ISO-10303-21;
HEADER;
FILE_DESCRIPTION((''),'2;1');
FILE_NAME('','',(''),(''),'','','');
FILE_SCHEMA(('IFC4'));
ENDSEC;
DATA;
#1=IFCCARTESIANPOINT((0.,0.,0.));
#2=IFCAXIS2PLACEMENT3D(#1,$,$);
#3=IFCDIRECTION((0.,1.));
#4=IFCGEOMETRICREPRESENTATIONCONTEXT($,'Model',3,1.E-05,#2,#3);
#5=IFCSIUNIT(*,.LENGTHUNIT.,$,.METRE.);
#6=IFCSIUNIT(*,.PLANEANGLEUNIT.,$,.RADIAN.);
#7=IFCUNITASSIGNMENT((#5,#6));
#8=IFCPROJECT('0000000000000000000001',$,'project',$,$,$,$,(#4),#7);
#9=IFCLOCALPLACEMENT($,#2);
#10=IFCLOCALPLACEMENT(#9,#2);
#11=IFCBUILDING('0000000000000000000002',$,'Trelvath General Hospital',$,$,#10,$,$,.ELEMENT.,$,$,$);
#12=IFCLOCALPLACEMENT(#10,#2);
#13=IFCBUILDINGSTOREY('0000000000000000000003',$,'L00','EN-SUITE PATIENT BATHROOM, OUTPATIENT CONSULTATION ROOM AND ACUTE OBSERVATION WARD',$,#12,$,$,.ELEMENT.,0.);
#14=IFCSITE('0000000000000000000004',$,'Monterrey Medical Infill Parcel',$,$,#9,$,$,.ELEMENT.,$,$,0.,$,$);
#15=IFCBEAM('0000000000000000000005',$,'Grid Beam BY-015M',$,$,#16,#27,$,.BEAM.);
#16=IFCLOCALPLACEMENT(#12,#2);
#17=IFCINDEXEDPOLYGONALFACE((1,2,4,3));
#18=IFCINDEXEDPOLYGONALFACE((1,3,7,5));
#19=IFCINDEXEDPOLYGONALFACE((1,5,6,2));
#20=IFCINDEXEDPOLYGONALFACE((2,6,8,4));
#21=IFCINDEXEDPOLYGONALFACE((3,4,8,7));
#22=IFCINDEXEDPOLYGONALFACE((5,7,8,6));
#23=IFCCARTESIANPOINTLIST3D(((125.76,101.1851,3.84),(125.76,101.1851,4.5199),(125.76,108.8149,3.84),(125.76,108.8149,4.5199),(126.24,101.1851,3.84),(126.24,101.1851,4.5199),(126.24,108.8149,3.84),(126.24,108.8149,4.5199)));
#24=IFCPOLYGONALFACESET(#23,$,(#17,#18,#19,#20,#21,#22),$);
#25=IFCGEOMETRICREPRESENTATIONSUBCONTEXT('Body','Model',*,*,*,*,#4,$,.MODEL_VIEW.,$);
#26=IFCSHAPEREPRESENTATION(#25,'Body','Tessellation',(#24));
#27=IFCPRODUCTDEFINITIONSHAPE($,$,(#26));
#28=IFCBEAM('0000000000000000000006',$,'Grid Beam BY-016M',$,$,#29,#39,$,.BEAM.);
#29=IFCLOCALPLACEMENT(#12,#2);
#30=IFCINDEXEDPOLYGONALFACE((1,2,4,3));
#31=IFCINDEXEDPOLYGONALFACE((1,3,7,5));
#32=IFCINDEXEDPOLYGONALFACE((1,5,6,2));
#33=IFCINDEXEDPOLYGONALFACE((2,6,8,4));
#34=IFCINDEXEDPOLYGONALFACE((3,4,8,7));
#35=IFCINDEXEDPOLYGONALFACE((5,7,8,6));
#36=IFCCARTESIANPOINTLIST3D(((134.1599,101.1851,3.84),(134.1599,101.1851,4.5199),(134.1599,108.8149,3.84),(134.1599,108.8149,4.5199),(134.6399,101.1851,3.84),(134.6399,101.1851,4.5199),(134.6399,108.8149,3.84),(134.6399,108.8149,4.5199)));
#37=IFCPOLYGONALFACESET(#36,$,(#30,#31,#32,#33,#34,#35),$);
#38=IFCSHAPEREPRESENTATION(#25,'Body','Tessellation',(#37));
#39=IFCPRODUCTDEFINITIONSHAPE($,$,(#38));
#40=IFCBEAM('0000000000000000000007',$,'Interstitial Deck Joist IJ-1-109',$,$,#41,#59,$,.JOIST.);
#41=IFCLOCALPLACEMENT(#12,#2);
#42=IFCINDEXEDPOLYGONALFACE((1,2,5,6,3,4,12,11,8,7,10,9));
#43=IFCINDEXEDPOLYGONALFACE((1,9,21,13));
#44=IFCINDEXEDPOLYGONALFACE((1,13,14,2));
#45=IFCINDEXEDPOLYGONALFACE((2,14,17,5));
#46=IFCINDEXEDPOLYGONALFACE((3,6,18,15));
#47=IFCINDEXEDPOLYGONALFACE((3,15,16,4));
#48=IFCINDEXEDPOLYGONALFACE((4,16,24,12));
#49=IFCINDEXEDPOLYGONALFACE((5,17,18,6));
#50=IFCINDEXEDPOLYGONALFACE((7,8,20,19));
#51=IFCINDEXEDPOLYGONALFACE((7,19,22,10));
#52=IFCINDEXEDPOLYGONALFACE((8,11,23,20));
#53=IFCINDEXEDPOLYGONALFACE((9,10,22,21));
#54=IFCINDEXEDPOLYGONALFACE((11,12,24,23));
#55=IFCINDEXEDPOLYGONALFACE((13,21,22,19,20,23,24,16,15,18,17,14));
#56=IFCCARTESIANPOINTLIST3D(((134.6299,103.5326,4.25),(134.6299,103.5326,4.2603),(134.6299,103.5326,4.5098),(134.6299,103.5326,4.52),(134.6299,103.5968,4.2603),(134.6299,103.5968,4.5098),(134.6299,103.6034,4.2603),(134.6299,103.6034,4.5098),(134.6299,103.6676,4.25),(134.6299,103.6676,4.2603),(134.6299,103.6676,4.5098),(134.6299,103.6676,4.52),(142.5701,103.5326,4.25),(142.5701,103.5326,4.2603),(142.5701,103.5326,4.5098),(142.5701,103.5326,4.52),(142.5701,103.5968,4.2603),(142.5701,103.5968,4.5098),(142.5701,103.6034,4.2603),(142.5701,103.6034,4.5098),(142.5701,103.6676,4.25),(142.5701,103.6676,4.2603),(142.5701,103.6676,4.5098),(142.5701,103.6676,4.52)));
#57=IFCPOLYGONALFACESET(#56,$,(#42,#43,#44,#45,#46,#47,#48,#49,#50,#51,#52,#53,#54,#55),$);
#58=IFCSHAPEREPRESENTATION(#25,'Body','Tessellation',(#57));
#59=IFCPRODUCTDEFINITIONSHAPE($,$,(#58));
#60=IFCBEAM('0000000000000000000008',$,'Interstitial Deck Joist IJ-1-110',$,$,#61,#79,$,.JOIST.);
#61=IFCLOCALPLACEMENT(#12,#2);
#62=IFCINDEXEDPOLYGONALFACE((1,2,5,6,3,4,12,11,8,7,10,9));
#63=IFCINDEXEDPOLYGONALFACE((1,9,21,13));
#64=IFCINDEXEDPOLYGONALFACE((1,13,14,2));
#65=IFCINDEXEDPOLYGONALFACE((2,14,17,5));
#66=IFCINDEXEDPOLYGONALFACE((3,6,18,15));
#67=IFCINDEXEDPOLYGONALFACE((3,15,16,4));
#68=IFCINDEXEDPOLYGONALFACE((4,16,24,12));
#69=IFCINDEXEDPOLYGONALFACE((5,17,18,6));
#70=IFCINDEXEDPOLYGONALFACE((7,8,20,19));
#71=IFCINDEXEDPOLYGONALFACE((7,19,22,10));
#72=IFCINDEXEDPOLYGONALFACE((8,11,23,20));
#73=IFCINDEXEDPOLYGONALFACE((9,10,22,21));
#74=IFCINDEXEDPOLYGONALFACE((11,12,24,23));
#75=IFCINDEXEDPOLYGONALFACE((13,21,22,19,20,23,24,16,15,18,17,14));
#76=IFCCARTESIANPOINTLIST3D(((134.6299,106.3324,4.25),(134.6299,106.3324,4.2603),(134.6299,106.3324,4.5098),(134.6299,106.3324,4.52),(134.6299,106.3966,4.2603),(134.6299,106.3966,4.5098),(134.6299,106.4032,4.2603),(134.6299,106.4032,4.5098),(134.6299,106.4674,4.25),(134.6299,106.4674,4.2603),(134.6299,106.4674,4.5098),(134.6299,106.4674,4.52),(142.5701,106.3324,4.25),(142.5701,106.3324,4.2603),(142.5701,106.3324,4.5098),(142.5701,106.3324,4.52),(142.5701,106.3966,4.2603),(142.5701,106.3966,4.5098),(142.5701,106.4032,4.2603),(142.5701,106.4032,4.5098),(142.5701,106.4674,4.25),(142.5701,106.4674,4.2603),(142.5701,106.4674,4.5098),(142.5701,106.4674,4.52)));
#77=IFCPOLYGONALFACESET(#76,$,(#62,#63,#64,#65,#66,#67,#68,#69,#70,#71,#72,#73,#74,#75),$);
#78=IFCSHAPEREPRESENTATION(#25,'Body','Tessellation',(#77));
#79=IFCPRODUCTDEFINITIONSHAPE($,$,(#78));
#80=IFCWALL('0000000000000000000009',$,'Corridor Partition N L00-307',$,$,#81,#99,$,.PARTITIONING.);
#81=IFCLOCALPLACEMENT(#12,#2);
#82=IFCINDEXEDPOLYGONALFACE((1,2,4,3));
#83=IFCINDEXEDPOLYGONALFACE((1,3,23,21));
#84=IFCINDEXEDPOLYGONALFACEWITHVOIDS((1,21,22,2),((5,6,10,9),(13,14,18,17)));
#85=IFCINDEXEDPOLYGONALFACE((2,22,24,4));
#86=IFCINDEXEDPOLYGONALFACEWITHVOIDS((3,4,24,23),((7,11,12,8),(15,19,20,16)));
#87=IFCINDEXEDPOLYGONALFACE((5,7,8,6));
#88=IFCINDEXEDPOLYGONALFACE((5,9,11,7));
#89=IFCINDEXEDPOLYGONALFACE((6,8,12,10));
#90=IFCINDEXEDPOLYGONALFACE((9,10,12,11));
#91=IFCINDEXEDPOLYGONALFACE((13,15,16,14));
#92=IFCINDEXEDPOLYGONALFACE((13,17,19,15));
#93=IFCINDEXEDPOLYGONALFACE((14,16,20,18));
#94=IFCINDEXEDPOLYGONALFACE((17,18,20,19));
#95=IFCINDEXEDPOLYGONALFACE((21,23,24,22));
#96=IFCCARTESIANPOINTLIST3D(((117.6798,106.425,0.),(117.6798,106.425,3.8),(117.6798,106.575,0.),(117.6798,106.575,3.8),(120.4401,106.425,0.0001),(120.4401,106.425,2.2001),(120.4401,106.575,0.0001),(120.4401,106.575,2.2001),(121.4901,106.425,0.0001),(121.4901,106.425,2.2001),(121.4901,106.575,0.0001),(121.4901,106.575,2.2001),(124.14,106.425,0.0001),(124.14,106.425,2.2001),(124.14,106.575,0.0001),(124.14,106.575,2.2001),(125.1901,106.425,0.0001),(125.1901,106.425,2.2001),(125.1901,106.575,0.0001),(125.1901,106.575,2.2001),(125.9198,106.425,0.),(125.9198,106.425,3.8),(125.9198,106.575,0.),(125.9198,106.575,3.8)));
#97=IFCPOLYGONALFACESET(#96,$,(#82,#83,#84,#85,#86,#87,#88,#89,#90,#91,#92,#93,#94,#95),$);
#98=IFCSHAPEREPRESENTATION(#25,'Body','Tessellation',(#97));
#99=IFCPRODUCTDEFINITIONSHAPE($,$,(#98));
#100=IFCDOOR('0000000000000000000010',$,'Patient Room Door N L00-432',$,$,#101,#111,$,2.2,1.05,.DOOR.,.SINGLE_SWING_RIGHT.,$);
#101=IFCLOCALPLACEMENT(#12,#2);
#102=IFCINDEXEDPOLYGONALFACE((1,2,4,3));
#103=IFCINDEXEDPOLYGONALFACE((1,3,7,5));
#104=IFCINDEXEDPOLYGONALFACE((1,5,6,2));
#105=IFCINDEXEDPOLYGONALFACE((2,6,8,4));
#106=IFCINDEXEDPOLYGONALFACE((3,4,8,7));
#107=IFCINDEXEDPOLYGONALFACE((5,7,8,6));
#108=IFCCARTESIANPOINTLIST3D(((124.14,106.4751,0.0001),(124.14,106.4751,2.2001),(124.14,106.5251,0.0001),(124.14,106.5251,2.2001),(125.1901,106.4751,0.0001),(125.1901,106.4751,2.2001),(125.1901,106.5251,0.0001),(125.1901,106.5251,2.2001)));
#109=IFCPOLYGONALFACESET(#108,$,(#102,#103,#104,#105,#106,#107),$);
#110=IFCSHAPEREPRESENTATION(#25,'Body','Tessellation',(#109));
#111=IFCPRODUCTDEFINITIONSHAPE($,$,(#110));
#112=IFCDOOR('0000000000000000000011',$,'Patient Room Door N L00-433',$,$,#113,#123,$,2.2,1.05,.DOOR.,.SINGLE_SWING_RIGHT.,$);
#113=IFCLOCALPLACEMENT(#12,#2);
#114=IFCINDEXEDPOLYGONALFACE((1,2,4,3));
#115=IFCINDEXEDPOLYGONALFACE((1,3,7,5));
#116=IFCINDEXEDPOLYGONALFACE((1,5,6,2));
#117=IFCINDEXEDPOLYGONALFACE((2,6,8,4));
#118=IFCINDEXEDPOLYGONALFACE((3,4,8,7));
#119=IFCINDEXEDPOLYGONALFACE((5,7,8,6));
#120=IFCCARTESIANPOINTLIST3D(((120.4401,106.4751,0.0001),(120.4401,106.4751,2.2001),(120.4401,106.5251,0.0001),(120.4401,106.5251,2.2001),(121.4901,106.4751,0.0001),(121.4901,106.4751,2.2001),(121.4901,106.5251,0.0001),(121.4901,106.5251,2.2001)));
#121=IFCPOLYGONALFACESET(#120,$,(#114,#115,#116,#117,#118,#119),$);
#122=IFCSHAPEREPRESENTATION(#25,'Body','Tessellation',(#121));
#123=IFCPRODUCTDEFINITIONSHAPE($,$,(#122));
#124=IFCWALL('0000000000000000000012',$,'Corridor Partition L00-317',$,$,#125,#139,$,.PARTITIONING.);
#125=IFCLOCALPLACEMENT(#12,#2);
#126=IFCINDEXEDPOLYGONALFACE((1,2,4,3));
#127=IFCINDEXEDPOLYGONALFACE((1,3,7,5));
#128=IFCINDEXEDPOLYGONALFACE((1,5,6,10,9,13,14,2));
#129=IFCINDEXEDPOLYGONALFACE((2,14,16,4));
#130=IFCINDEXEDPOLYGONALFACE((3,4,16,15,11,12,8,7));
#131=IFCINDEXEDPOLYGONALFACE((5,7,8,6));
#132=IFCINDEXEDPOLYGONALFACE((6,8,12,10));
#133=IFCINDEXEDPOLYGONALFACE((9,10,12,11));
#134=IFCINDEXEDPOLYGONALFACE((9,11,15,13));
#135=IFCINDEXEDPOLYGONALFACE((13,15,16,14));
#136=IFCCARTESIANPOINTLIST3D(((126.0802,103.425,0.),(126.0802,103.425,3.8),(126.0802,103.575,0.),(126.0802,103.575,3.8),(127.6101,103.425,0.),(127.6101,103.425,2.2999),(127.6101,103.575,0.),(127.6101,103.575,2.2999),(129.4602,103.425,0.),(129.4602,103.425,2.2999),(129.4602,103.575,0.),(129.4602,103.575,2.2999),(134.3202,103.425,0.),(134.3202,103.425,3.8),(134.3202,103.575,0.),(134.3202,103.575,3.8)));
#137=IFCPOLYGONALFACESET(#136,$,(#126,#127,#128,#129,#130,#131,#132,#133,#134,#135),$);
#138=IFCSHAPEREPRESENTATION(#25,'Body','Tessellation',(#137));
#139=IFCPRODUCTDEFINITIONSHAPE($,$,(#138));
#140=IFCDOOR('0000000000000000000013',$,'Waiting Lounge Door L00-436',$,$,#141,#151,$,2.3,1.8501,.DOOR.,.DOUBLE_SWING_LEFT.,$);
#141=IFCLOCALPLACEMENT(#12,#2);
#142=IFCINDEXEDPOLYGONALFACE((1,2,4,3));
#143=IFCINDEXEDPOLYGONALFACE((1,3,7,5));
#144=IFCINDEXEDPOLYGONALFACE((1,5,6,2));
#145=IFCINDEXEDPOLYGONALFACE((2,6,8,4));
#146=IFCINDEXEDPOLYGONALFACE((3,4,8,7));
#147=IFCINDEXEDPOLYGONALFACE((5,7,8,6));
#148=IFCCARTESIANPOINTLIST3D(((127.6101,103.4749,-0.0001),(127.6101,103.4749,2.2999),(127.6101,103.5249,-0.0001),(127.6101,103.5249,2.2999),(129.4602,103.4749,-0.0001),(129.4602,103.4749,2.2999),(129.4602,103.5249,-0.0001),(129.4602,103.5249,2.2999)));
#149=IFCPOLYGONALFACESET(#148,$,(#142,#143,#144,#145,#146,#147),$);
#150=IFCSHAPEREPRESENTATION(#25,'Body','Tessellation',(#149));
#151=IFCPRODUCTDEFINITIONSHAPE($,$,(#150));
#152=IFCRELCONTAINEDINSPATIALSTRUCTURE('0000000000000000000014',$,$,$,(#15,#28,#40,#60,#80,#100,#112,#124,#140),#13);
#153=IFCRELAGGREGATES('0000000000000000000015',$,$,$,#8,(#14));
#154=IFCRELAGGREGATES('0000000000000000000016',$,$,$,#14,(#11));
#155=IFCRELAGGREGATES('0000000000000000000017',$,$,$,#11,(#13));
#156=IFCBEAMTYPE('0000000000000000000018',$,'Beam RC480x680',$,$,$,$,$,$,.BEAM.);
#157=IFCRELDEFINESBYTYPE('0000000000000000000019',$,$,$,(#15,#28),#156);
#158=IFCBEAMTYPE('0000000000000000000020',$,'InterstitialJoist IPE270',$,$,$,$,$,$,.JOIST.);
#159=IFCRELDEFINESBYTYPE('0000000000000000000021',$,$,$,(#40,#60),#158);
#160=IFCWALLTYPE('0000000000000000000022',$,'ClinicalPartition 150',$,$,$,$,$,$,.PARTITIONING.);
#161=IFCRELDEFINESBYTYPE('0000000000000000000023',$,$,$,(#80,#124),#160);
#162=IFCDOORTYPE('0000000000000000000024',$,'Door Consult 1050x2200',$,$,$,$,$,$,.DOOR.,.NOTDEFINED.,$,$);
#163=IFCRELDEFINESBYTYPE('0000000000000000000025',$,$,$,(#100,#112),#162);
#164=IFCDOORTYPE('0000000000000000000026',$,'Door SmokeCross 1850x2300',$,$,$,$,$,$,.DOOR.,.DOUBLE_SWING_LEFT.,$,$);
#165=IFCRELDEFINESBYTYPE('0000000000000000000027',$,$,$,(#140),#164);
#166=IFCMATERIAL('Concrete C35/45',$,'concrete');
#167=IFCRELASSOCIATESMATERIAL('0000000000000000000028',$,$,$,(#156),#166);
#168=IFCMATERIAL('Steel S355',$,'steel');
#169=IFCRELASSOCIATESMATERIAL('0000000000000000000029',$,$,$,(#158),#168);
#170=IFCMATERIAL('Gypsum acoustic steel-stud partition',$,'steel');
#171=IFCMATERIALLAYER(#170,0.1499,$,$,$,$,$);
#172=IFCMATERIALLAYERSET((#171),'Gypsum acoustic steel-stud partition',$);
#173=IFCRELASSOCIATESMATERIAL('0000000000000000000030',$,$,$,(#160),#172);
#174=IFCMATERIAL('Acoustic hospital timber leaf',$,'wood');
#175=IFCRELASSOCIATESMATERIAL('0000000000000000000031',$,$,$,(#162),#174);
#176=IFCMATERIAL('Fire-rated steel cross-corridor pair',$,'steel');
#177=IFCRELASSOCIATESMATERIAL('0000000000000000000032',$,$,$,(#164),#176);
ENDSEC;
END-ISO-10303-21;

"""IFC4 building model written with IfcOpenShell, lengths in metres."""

from ifc_helpers import new_model, si_unit, direction, frame, frame_2d, origin, origin_2d, place, context, subcontext, project, spatial, rectangle, i_section, extrude, material, layer, layer_set, material_profile, profile_set, type_object, element, fill, save


model = new_model("IFC4")

# Units and contexts
model_context = context("Model", 3, precision=1e-05, world=origin(), true_north=direction((0.0, 1.0)))
body_context = subcontext(model_context, "Body", "Model", "MODEL_VIEW")
ifc_project = project(units=[si_unit("LENGTHUNIT", "METRE"), si_unit("PLANEANGLEUNIT", "RADIAN")], contexts=[model_context])

# Site, building, storey
site_placement = place(None, origin())
site = spatial("IfcSite", under=ifc_project, at=site_placement, Name="Monterrey Medical Infill Parcel", CompositionType="ELEMENT", RefElevation=0.0)
building_placement = place(site_placement, origin())
building = spatial("IfcBuilding", under=site, at=building_placement, Name="Trelvath General Hospital", CompositionType="ELEMENT")
storey_placement = place(building_placement, origin())
storey = spatial("IfcBuildingStorey", under=building, at=storey_placement, Name="L00", Description="EN-SUITE PATIENT BATHROOM, OUTPATIENT CONSULTATION ROOM AND ACUTE OBSERVATION WARD", CompositionType="ELEMENT", Elevation=0.0)

# Beams
ifc_material_1 = material(Name="Concrete C35/45", Category="concrete")
ifc_material_profile_1 = material_profile(ifc_material_1, rectangle(XDim=0.48, YDim=0.6799, at=origin_2d()), Name="RCB480x680")
ifc_profile_set_1 = profile_set([ifc_material_profile_1], Name="Concrete C35/45")
beam_type_1 = type_object("IfcBeamType", Name="Beam RC480x680", PredefinedType="BEAM", material=ifc_profile_set_1)
for number, where, z_axis, x_axis, name in (
    (1, (126.0, 101.1851, 4.1799), (0.0, 1.0, 0.0), (-1.0, 0.0, 0.0), "Grid Beam BY-015M"),
    (2, (134.3999, 101.1851, 4.1799), (0.0, 1.0, 0.0), (-1.0, 0.0, 0.0), "Grid Beam BY-016M"),
):
    element("IfcBeam", number, at=place(storey_placement, frame(where, z_axis=z_axis, x_axis=x_axis)), inside=storey, type_object=beam_type_1, Name=name, PredefinedType="BEAM", context=body_context, shape_type="SweptSolid", body=[
        extrude(rectangle(XDim=0.48, YDim=0.6799, at=origin_2d()), origin(), (0.0, 0.0, 1.0), 7.6299),
    ])
ifc_material_2 = material(Name="Steel S355", Category="steel")
ifc_material_profile_2 = material_profile(ifc_material_2, i_section(OverallWidth=0.135, OverallDepth=0.27, WebThickness=0.0066, FlangeThickness=0.0103, at=origin_2d()), Name="IPE270")
ifc_profile_set_2 = profile_set([ifc_material_profile_2], Name="Steel S355")
beam_type_2 = type_object("IfcBeamType", Name="InterstitialJoist IPE270", PredefinedType="JOIST", material=ifc_profile_set_2)
for number, where, z_axis, x_axis, name in (
    (3, (134.6299, 103.6001, 4.385), (1.0, 0.0, 0.0), (0.0, 1.0, 0.0), "Interstitial Deck Joist IJ-1-109"),
    (4, (134.6299, 106.3999, 4.385), (1.0, 0.0, 0.0), (0.0, 1.0, 0.0), "Interstitial Deck Joist IJ-1-110"),
):
    element("IfcBeam", number, at=place(storey_placement, frame(where, z_axis=z_axis, x_axis=x_axis)), inside=storey, type_object=beam_type_2, Name=name, PredefinedType="JOIST", context=body_context, shape_type="SweptSolid", body=[
        extrude(i_section(OverallWidth=0.135, OverallDepth=0.27, WebThickness=0.0066, FlangeThickness=0.0103, at=origin_2d()), origin(), (0.0, 0.0, 1.0), 7.9402),
    ])

# Wall, openings, doors
ifc_material_3 = material(Name="Gypsum acoustic steel-stud partition", Category="steel")
ifc_layer_1 = layer(ifc_material_3, 0.1499)
ifc_layer_set_1 = layer_set([ifc_layer_1], Name="Gypsum acoustic steel-stud partition")
wall_type_1 = type_object("IfcWallType", Name="ClinicalPartition 150", PredefinedType="PARTITIONING", material=ifc_layer_set_1)
wall_1_placement = place(storey_placement, frame((125.9199, 106.5, 0.0), z_axis=(0.0, 0.0, 1.0), x_axis=(-1.0, 0.0, 0.0)))
wall_1 = element("IfcWall", 5, at=wall_1_placement, inside=storey, type_object=wall_type_1, Name="Corridor Partition N L00-307", PredefinedType="PARTITIONING", context=body_context, shape_type="SweptSolid", body=[
    extrude(rectangle(XDim=8.24, YDim=0.1499, at=frame_2d((4.1201, 0.0))), origin(), (0.0, 0.0, 1.0), 3.8),
])
opening_1_placement = place(wall_1_placement, frame((0.73, 0.0, 0.0)))
opening_1 = element("IfcOpeningElement", 6, at=opening_1_placement, cuts=wall_1, PredefinedType="OPENING", context=body_context, shape_type="SweptSolid", body=[
    extrude(rectangle(XDim=1.05, YDim=2.2, at=frame_2d((0.5249, 1.1001))), frame((0.0, 0.085, 0.0), z_axis=(0.0, -1.0, 0.0), x_axis=(1.0, 0.0, 0.0)), (0.0, 0.0, 1.0), 0.1699),
])
opening_2_placement = place(wall_1_placement, frame((4.4299, 0.0, 0.0)))
opening_2 = element("IfcOpeningElement", 7, at=opening_2_placement, cuts=wall_1, PredefinedType="OPENING", context=body_context, shape_type="SweptSolid", body=[
    extrude(rectangle(XDim=1.05, YDim=2.2, at=frame_2d((0.5249, 1.1001))), frame((0.0, 0.085, 0.0), z_axis=(0.0, -1.0, 0.0), x_axis=(1.0, 0.0, 0.0)), (0.0, 0.0, 1.0), 0.1699),
])
ifc_material_4 = material(Name="Acoustic hospital timber leaf", Category="wood")
door_type_1 = type_object("IfcDoorType", Name="Door Consult 1050x2200", OperationType="NOTDEFINED", PredefinedType="DOOR", material=ifc_material_4)
door_1_placement = place(opening_1_placement, origin())
door_1 = element("IfcDoor", 8, at=door_1_placement, inside=storey, type_object=door_type_1, Name="Patient Room Door N L00-432", OperationType="SINGLE_SWING_RIGHT", OverallHeight=2.2, OverallWidth=1.05, PredefinedType="DOOR", context=body_context, shape_type="SweptSolid", body=[
    extrude(rectangle(XDim=1.05, YDim=2.2, at=frame_2d((0.5249, 1.1001))), frame((0.0, 0.0249, 0.0), z_axis=(0.0, -1.0, 0.0), x_axis=(1.0, 0.0, 0.0)), (0.0, 0.0, 1.0), 0.05),
])
fill(opening_1, door_1)
door_2_placement = place(opening_2_placement, origin())
door_2 = element("IfcDoor", 9, at=door_2_placement, inside=storey, type_object=door_type_1, Name="Patient Room Door N L00-433", OperationType="SINGLE_SWING_RIGHT", OverallHeight=2.2, OverallWidth=1.05, PredefinedType="DOOR", context=body_context, shape_type="SweptSolid", body=[
    extrude(rectangle(XDim=1.05, YDim=2.2, at=frame_2d((0.5249, 1.1001))), frame((0.0, 0.0249, 0.0), z_axis=(0.0, -1.0, 0.0), x_axis=(1.0, 0.0, 0.0)), (0.0, 0.0, 1.0), 0.05),
])
fill(opening_2, door_2)

# Wall, opening, door
wall_2_placement = place(storey_placement, frame((126.0801, 103.5, 0.0), z_axis=(0.0, 0.0, 1.0), x_axis=(1.0, 0.0, 0.0)))
wall_2 = element("IfcWall", 10, at=wall_2_placement, inside=storey, type_object=wall_type_1, Name="Corridor Partition L00-317", PredefinedType="PARTITIONING", context=body_context, shape_type="SweptSolid", body=[
    extrude(rectangle(XDim=8.24, YDim=0.1499, at=frame_2d((4.1201, 0.0))), origin(), (0.0, 0.0, 1.0), 3.8),
])
opening_3_placement = place(wall_2_placement, frame((1.53, 0.0, 0.0)))
opening_3 = element("IfcOpeningElement", 11, at=opening_3_placement, cuts=wall_2, PredefinedType="OPENING", context=body_context, shape_type="SweptSolid", body=[
    extrude(rectangle(XDim=1.8501, YDim=2.3, at=frame_2d((0.925, 1.1499))), frame((0.0, 0.085, 0.0), z_axis=(0.0, -1.0, 0.0), x_axis=(1.0, 0.0, 0.0)), (0.0, 0.0, 1.0), 0.1699),
])
ifc_material_5 = material(Name="Fire-rated steel cross-corridor pair", Category="steel")
door_type_2 = type_object("IfcDoorType", Name="Door SmokeCross 1850x2300", OperationType="DOUBLE_SWING_LEFT", PredefinedType="DOOR", material=ifc_material_5)
door_3_placement = place(opening_3_placement, origin())
door_3 = element("IfcDoor", 12, at=door_3_placement, inside=storey, type_object=door_type_2, Name="Waiting Lounge Door L00-436", OperationType="DOUBLE_SWING_LEFT", OverallHeight=2.3, OverallWidth=1.8501, PredefinedType="DOOR", context=body_context, shape_type="SweptSolid", body=[
    extrude(rectangle(XDim=1.8501, YDim=2.3, at=frame_2d((0.925, 1.1499))), frame((0.0, 0.0249, 0.0), z_axis=(0.0, -1.0, 0.0), x_axis=(1.0, 0.0, 0.0)), (0.0, 0.0, 1.0), 0.05),
])
fill(opening_3, door_3)

save(model, "model.ifc")
